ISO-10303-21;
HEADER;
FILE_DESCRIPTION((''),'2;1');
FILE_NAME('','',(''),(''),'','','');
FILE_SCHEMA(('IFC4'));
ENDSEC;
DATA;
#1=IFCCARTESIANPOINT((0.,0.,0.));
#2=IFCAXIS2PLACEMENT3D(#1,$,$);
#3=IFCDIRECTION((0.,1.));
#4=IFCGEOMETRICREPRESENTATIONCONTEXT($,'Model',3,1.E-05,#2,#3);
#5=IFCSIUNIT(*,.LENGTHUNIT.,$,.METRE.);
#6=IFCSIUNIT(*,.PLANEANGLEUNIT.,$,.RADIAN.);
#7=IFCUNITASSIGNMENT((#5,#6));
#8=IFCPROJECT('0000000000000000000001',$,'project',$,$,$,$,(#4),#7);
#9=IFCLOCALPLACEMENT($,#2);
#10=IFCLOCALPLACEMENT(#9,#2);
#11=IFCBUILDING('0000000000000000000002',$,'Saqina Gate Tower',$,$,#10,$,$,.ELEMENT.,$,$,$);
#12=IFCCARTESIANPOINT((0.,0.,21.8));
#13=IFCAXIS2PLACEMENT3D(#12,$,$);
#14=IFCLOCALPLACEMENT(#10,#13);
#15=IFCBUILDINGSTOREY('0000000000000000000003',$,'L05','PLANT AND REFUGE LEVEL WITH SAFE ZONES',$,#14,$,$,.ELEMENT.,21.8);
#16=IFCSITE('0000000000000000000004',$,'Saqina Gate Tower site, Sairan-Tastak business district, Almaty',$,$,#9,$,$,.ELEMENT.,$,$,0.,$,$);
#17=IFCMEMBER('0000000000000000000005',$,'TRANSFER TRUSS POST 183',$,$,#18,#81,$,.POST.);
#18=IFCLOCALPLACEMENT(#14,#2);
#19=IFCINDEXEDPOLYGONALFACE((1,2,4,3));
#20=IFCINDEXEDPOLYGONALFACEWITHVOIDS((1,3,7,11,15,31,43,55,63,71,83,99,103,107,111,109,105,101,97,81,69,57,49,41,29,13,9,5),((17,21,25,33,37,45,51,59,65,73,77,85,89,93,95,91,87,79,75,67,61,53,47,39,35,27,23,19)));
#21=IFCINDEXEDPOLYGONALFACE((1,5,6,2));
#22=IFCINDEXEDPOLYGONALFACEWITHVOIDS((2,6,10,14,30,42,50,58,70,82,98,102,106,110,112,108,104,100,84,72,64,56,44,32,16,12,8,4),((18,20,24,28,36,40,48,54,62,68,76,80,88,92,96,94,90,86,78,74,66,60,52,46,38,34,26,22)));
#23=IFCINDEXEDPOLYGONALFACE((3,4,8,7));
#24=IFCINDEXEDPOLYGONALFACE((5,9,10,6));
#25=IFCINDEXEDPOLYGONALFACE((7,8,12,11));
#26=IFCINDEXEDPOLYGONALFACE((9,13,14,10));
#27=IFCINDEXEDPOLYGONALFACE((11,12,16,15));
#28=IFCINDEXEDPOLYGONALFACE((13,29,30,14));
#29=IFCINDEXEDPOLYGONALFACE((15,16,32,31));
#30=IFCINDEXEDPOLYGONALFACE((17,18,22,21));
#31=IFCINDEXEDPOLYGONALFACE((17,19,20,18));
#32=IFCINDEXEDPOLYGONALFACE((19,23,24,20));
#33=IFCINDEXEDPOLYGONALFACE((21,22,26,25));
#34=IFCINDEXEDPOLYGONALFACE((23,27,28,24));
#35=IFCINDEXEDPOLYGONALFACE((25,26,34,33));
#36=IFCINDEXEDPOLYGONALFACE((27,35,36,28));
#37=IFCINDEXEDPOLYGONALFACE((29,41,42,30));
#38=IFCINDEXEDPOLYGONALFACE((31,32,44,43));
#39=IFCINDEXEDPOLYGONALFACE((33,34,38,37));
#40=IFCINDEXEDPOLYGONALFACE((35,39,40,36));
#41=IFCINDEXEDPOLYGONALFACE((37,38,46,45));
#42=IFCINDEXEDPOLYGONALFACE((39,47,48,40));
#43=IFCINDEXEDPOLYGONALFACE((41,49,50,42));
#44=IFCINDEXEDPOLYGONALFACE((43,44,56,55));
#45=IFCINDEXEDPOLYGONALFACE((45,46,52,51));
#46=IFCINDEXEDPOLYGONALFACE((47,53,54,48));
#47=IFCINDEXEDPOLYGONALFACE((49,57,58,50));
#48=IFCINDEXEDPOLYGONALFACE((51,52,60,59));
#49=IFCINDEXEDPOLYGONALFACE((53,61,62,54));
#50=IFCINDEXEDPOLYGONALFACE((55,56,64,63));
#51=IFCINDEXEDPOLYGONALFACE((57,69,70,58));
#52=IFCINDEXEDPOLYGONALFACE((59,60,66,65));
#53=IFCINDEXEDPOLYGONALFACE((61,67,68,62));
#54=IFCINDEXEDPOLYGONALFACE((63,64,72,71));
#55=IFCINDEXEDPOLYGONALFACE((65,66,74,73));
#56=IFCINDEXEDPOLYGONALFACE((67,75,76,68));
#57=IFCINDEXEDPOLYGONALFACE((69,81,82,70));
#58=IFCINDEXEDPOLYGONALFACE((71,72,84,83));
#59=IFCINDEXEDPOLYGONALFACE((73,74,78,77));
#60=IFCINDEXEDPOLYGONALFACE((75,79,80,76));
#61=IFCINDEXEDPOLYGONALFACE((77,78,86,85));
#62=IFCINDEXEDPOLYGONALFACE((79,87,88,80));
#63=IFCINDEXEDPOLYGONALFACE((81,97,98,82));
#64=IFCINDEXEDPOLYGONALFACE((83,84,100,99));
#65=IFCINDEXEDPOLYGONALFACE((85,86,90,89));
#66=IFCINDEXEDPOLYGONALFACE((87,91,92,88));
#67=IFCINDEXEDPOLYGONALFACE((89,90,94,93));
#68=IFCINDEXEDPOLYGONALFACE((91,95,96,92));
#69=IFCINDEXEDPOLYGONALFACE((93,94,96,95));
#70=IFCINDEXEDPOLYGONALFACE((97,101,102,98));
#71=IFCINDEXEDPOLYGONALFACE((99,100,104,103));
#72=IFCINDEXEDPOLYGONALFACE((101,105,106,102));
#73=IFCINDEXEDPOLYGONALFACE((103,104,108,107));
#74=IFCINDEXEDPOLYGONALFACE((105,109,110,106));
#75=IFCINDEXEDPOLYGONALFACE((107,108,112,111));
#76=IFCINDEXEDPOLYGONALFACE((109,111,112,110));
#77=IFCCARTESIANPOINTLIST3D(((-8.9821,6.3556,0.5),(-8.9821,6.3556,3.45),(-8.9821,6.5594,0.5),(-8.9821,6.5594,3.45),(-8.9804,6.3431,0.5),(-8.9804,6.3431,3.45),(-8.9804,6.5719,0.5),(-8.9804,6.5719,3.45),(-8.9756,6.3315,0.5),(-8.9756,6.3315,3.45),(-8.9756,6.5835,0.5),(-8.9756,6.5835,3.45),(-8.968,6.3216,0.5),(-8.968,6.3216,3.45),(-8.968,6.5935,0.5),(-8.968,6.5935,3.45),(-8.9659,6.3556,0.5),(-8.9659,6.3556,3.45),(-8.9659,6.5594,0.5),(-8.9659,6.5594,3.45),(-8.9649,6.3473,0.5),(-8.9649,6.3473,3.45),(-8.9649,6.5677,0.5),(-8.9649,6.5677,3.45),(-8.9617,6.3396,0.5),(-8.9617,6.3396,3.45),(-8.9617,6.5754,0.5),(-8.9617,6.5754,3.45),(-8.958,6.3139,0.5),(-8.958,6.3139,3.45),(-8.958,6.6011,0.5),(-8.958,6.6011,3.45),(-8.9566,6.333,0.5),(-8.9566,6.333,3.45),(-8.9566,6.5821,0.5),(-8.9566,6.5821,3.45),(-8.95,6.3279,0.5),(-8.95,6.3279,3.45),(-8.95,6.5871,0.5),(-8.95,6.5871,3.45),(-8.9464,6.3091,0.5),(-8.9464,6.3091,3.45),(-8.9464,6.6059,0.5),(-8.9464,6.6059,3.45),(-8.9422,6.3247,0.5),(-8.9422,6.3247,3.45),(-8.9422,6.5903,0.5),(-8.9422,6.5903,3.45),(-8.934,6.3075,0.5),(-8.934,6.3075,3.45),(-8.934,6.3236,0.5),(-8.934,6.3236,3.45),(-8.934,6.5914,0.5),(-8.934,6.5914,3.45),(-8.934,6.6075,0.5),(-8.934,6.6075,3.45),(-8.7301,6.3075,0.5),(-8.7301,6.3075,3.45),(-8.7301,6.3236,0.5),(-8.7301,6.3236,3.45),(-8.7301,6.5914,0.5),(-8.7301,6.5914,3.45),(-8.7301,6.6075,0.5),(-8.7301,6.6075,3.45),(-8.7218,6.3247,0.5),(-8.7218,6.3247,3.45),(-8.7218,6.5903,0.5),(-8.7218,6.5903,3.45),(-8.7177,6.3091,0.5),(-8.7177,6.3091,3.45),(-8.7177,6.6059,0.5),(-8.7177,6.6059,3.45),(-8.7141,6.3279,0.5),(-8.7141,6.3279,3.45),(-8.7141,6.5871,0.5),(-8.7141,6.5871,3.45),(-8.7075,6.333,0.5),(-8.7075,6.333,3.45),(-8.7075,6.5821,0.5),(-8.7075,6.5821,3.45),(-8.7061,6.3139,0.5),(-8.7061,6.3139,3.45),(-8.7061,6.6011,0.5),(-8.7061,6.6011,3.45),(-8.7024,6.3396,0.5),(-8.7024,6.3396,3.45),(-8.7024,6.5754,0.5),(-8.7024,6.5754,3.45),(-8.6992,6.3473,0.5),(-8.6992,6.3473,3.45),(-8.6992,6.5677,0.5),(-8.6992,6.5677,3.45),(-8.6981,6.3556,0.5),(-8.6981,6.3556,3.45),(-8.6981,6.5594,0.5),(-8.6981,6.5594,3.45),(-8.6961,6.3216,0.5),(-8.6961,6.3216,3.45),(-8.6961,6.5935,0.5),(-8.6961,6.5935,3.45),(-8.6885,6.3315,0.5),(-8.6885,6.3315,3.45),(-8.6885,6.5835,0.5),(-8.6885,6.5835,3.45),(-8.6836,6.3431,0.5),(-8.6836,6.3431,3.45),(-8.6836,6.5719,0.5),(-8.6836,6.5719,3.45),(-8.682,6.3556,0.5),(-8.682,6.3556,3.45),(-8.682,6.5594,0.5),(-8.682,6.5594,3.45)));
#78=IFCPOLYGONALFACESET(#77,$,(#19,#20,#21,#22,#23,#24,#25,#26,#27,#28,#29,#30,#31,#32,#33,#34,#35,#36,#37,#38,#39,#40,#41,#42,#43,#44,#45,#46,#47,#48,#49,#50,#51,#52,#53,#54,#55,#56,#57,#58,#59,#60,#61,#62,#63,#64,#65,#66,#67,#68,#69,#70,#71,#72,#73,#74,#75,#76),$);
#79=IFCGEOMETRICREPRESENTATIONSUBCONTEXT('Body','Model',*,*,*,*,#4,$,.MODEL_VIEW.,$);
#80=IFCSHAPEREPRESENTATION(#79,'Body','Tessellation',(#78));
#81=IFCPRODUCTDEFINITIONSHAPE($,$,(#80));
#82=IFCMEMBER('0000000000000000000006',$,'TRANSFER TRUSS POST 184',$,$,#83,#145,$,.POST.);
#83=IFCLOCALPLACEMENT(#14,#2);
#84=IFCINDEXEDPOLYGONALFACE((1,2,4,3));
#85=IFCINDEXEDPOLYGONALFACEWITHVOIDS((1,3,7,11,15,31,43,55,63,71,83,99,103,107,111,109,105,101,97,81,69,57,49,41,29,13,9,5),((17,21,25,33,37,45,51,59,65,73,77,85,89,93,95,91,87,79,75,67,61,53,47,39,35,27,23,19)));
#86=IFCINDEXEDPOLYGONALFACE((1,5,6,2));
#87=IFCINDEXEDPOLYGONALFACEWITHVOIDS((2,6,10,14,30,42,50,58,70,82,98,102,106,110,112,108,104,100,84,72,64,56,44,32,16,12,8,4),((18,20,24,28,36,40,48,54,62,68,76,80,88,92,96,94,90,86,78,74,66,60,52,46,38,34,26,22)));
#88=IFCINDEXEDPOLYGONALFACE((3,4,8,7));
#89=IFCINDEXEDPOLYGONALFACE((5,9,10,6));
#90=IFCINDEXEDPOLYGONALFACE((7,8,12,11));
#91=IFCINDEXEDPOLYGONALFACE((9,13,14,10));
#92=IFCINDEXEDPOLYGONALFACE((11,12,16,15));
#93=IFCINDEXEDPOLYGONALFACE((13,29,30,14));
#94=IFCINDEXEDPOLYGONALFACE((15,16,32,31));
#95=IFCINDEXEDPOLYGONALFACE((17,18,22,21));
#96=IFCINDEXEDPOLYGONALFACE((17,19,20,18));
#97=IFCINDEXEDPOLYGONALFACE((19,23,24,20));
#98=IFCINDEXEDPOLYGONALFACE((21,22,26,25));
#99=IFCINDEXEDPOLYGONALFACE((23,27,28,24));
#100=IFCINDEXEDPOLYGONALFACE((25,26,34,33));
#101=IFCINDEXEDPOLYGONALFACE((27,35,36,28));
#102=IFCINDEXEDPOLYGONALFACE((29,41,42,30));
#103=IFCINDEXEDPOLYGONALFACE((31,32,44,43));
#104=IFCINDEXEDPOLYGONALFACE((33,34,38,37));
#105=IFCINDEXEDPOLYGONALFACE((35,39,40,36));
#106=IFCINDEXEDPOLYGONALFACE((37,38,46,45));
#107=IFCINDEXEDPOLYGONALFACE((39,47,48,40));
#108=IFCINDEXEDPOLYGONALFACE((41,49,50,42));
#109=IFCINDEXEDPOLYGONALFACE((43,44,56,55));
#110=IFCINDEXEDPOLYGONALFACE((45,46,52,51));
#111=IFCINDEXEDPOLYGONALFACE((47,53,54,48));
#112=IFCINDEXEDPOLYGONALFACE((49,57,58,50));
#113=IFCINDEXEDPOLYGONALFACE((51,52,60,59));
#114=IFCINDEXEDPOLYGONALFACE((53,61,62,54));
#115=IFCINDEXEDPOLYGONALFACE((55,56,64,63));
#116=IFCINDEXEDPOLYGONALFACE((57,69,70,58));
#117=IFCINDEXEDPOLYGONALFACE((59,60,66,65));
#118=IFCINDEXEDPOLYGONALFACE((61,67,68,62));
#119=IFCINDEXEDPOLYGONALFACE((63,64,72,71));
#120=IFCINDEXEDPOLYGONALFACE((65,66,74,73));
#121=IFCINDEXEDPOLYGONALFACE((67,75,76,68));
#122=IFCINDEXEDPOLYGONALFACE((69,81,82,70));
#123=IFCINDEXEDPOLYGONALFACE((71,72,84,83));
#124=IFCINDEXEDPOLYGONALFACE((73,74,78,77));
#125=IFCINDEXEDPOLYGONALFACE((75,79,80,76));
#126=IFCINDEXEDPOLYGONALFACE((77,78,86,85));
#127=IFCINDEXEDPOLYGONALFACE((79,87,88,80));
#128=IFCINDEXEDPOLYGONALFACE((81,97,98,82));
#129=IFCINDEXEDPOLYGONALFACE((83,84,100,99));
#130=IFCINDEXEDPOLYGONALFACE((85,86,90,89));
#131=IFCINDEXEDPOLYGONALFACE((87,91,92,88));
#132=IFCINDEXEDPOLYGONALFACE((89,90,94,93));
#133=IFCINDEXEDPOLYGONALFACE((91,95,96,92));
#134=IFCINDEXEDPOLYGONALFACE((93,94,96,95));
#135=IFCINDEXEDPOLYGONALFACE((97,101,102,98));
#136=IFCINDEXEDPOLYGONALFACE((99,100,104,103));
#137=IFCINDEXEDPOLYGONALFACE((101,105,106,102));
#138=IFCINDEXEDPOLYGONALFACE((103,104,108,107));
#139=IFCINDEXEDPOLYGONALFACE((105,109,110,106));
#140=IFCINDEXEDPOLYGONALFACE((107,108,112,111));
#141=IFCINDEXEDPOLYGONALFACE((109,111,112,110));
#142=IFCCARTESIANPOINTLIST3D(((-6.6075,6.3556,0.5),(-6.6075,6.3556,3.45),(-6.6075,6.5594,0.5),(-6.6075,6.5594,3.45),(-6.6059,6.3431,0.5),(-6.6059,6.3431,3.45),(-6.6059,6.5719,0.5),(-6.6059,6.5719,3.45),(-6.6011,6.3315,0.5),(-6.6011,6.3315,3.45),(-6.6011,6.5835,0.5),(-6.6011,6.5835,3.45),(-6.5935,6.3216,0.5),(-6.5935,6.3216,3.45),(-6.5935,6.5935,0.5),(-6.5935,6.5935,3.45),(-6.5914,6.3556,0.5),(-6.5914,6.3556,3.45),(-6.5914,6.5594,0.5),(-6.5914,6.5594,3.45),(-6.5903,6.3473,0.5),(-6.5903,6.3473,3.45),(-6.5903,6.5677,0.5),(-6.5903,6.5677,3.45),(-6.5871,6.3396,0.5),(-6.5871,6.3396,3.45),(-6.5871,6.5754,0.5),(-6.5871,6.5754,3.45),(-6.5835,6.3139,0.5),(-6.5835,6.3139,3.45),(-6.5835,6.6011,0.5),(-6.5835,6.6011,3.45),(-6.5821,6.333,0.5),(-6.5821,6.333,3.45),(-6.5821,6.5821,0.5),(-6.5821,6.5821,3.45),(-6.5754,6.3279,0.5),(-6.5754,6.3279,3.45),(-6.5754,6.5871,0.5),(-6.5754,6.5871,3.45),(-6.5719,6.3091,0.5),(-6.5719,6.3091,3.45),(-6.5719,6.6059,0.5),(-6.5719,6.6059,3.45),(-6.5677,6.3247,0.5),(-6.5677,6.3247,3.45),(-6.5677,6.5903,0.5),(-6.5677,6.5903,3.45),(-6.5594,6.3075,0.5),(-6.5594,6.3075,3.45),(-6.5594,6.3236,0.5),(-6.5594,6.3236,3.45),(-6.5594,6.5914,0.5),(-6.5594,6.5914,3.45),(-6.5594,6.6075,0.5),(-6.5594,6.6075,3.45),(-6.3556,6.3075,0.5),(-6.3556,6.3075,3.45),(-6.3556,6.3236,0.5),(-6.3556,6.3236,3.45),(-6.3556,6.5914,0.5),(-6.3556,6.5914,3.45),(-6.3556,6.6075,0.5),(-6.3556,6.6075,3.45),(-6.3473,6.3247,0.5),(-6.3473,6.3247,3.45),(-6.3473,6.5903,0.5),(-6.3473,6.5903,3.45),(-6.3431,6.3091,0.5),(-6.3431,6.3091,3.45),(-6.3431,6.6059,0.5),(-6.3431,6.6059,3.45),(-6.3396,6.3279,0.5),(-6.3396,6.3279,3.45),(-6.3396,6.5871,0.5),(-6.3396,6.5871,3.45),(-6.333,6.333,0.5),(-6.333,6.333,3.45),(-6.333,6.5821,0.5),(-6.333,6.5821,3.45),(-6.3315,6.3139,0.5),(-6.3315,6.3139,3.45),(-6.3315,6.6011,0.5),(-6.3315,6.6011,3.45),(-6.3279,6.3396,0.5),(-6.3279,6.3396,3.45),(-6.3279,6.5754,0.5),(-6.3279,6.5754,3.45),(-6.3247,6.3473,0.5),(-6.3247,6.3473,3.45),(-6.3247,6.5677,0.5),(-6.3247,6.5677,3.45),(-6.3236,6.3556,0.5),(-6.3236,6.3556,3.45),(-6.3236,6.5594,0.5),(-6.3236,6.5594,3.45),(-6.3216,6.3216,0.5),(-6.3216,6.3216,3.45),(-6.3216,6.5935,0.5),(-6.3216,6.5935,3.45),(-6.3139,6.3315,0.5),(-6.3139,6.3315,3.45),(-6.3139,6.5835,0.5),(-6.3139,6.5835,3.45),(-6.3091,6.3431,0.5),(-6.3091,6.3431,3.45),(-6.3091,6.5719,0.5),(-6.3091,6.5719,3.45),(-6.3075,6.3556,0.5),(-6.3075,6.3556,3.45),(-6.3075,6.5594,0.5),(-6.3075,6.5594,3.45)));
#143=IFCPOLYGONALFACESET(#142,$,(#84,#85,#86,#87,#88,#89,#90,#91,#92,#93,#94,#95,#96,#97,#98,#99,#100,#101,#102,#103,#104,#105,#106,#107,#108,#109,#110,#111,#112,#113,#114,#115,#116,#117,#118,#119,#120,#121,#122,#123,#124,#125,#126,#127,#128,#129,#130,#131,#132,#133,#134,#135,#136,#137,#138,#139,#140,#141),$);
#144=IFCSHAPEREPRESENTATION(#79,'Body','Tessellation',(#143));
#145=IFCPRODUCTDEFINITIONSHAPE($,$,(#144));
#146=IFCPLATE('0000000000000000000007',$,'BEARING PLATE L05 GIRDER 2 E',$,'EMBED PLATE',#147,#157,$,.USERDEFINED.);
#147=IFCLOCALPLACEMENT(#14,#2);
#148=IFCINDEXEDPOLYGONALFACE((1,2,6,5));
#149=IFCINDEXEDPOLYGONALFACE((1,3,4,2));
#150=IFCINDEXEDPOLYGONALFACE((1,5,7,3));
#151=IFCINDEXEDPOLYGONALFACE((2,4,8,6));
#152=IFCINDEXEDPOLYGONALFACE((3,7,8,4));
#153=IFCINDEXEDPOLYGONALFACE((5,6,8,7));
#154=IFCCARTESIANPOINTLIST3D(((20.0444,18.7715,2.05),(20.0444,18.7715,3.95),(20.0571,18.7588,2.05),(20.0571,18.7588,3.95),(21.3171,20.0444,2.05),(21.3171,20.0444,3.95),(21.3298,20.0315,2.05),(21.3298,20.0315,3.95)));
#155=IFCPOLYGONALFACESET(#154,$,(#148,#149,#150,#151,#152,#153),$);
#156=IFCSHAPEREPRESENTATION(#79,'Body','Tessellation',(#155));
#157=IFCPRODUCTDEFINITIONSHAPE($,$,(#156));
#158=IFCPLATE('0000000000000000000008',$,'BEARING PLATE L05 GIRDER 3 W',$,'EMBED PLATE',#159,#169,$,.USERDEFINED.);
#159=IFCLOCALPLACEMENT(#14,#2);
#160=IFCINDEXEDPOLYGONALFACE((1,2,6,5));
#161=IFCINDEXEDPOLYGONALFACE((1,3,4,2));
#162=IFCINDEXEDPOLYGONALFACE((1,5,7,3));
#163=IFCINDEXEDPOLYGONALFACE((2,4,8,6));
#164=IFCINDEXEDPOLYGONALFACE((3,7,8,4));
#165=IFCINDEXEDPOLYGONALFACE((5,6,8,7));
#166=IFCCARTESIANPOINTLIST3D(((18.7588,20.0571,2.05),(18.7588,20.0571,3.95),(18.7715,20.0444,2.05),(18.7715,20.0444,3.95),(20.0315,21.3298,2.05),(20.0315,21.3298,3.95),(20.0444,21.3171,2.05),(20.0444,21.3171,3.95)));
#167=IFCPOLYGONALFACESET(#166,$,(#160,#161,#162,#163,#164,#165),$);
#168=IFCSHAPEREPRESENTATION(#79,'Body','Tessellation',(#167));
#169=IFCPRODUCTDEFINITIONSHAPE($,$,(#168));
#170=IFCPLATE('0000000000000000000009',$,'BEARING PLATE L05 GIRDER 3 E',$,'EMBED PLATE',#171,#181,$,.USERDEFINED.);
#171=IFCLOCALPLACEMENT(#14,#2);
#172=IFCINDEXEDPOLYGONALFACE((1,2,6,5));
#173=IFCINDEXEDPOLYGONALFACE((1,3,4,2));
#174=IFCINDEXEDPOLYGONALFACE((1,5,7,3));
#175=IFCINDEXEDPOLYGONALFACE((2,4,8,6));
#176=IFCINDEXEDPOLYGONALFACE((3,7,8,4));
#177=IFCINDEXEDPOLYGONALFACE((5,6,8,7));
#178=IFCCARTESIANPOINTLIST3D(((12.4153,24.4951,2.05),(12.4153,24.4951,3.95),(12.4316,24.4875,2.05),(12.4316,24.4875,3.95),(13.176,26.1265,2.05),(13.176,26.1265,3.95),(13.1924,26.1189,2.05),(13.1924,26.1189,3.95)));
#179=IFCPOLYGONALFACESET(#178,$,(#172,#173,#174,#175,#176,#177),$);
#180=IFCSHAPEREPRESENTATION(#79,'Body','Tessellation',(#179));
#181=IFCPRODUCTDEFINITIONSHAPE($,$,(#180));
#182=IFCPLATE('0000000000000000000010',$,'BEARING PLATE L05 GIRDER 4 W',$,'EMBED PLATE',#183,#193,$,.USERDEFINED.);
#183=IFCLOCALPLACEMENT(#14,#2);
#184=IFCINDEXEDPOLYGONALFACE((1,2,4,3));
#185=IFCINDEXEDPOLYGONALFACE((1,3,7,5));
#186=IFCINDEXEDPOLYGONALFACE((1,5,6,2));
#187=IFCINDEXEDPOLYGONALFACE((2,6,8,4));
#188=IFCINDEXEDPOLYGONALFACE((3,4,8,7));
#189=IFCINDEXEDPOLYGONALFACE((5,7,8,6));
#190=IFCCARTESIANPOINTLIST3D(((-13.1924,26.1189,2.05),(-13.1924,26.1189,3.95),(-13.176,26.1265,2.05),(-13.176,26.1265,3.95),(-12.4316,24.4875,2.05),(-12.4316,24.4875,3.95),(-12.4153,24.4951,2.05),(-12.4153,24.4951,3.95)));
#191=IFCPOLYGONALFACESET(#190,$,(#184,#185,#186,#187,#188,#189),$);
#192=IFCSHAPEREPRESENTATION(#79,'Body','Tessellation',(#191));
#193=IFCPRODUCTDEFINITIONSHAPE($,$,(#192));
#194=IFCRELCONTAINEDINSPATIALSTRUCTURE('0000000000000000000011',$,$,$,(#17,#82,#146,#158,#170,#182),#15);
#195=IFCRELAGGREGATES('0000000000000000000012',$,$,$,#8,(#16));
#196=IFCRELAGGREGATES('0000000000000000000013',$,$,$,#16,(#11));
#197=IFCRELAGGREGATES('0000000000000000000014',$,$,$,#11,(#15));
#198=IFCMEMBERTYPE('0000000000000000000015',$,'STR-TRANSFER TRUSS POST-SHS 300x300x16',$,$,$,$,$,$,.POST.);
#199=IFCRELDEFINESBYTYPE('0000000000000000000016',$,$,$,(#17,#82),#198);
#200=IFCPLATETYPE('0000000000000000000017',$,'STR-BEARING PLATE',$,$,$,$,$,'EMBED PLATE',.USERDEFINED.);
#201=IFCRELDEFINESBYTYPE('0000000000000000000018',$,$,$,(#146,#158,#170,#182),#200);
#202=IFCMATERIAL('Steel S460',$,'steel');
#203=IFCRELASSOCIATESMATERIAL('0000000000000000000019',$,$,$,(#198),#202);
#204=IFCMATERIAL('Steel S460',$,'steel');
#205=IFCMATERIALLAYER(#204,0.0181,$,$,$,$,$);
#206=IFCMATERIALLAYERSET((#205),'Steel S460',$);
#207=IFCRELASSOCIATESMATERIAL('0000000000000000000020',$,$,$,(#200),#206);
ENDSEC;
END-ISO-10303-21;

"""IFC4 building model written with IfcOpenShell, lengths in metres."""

from ifc_helpers import new_model, si_unit, direction, frame, origin, origin_2d, place, context, subcontext, project, spatial, polyline, hollow_rectangle, outline, extrude, material, layer, layer_set, material_profile, profile_set, type_object, element, save


model = new_model("IFC4")

# Units and contexts
model_context = context("Model", 3, precision=1e-05, world=origin(), true_north=direction((0.0, 1.0)))
body_context = subcontext(model_context, "Body", "Model", "MODEL_VIEW")
ifc_project = project(units=[si_unit("LENGTHUNIT", "METRE"), si_unit("PLANEANGLEUNIT", "RADIAN")], contexts=[model_context])

# Site, building, storey
site_placement = place(None, origin())
site = spatial("IfcSite", under=ifc_project, at=site_placement, Name="Saqina Gate Tower site, Sairan-Tastak business district, Almaty", CompositionType="ELEMENT", RefElevation=0.0)
building_placement = place(site_placement, origin())
building = spatial("IfcBuilding", under=site, at=building_placement, Name="Saqina Gate Tower", CompositionType="ELEMENT")
storey_placement = place(building_placement, frame((0.0, 0.0, 21.8)))
storey = spatial("IfcBuildingStorey", under=building, at=storey_placement, Name="L05", Description="PLANT AND REFUGE LEVEL WITH SAFE ZONES", CompositionType="ELEMENT", Elevation=21.8)

# Members
ifc_material_1 = material(Name="Steel S460", Category="steel")
ifc_material_profile_1 = material_profile(ifc_material_1, hollow_rectangle(XDim=0.3, YDim=0.3, WallThickness=0.0161, InnerFilletRadius=0.032, OuterFilletRadius=0.0481, at=origin_2d()), Name="SHS 300x300x16")
ifc_profile_set_1 = profile_set([ifc_material_profile_1], Name="Steel S460")
member_type_1 = type_object("IfcMemberType", Name="STR-TRANSFER TRUSS POST-SHS 300x300x16", PredefinedType="POST", material=ifc_profile_set_1)
for number, where, z_axis, x_axis, name in (
    (1, (-8.832, 6.4575, 0.5), (0.0, 0.0, 1.0), (1.0, 0.0, 0.0), "TRANSFER TRUSS POST 183"),
    (2, (-6.4575, 6.4575, 0.5), (0.0, 0.0, 1.0), (1.0, 0.0, 0.0), "TRANSFER TRUSS POST 184"),
):
    element("IfcMember", number, at=place(storey_placement, frame(where, z_axis=z_axis, x_axis=x_axis)), inside=storey, type_object=member_type_1, Name=name, PredefinedType="POST", context=body_context, shape_type="SweptSolid", body=[
        extrude(hollow_rectangle(XDim=0.3, YDim=0.3, WallThickness=0.0161, InnerFilletRadius=0.032, OuterFilletRadius=0.0481, at=origin_2d()), origin(), (0.0, 0.0, 1.0), 2.95),
    ])

# Plates
ifc_material_2 = material(Name="Steel S460", Category="steel")
ifc_layer_1 = layer(ifc_material_2, 0.0181)
ifc_layer_set_1 = layer_set([ifc_layer_1], Name="Steel S460")
plate_type = type_object("IfcPlateType", Name="STR-BEARING PLATE", ElementType="EMBED PLATE", PredefinedType="USERDEFINED", material=ifc_layer_set_1)
plate_1_placement = place(storey_placement, frame((0.0, 0.0, 2.05)))
element("IfcPlate", 3, at=plate_1_placement, inside=storey, type_object=plate_type, Name="BEARING PLATE L05 GIRDER 2 E", ObjectType="EMBED PLATE", PredefinedType="USERDEFINED", context=body_context, shape_type="SweptSolid", body=[
    extrude(outline(polyline([(20.0571, 18.7588), (21.3298, 20.0315), (21.3171, 20.0444), (20.0444, 18.7715), (20.0571, 18.7588)])), origin(), (0.0, 0.0, 1.0), 1.8999),
])
plate_2_placement = place(storey_placement, frame((0.0, 0.0, 2.05)))
element("IfcPlate", 4, at=plate_2_placement, inside=storey, type_object=plate_type, Name="BEARING PLATE L05 GIRDER 3 W", ObjectType="EMBED PLATE", PredefinedType="USERDEFINED", context=body_context, shape_type="SweptSolid", body=[
    extrude(outline(polyline([(20.0315, 21.3298), (18.7588, 20.0571), (18.7715, 20.0444), (20.0444, 21.3171), (20.0315, 21.3298)])), origin(), (0.0, 0.0, 1.0), 1.8999),
])
plate_3_placement = place(storey_placement, frame((0.0, 0.0, 2.05)))
element("IfcPlate", 5, at=plate_3_placement, inside=storey, type_object=plate_type, Name="BEARING PLATE L05 GIRDER 3 E", ObjectType="EMBED PLATE", PredefinedType="USERDEFINED", context=body_context, shape_type="SweptSolid", body=[
    extrude(outline(polyline([(12.4316, 24.4875), (13.1924, 26.1189), (13.176, 26.1265), (12.4153, 24.4951), (12.4316, 24.4875)])), origin(), (0.0, 0.0, 1.0), 1.8999),
])
plate_4_placement = place(storey_placement, frame((0.0, 0.0, 2.05)))
element("IfcPlate", 6, at=plate_4_placement, inside=storey, type_object=plate_type, Name="BEARING PLATE L05 GIRDER 4 W", ObjectType="EMBED PLATE", PredefinedType="USERDEFINED", context=body_context, shape_type="SweptSolid", body=[
    extrude(outline(polyline([(-13.1924, 26.1189), (-12.4316, 24.4875), (-12.4153, 24.4951), (-13.176, 26.1265), (-13.1924, 26.1189)])), origin(), (0.0, 0.0, 1.0), 1.8999),
])

save(model, "model.ifc")
